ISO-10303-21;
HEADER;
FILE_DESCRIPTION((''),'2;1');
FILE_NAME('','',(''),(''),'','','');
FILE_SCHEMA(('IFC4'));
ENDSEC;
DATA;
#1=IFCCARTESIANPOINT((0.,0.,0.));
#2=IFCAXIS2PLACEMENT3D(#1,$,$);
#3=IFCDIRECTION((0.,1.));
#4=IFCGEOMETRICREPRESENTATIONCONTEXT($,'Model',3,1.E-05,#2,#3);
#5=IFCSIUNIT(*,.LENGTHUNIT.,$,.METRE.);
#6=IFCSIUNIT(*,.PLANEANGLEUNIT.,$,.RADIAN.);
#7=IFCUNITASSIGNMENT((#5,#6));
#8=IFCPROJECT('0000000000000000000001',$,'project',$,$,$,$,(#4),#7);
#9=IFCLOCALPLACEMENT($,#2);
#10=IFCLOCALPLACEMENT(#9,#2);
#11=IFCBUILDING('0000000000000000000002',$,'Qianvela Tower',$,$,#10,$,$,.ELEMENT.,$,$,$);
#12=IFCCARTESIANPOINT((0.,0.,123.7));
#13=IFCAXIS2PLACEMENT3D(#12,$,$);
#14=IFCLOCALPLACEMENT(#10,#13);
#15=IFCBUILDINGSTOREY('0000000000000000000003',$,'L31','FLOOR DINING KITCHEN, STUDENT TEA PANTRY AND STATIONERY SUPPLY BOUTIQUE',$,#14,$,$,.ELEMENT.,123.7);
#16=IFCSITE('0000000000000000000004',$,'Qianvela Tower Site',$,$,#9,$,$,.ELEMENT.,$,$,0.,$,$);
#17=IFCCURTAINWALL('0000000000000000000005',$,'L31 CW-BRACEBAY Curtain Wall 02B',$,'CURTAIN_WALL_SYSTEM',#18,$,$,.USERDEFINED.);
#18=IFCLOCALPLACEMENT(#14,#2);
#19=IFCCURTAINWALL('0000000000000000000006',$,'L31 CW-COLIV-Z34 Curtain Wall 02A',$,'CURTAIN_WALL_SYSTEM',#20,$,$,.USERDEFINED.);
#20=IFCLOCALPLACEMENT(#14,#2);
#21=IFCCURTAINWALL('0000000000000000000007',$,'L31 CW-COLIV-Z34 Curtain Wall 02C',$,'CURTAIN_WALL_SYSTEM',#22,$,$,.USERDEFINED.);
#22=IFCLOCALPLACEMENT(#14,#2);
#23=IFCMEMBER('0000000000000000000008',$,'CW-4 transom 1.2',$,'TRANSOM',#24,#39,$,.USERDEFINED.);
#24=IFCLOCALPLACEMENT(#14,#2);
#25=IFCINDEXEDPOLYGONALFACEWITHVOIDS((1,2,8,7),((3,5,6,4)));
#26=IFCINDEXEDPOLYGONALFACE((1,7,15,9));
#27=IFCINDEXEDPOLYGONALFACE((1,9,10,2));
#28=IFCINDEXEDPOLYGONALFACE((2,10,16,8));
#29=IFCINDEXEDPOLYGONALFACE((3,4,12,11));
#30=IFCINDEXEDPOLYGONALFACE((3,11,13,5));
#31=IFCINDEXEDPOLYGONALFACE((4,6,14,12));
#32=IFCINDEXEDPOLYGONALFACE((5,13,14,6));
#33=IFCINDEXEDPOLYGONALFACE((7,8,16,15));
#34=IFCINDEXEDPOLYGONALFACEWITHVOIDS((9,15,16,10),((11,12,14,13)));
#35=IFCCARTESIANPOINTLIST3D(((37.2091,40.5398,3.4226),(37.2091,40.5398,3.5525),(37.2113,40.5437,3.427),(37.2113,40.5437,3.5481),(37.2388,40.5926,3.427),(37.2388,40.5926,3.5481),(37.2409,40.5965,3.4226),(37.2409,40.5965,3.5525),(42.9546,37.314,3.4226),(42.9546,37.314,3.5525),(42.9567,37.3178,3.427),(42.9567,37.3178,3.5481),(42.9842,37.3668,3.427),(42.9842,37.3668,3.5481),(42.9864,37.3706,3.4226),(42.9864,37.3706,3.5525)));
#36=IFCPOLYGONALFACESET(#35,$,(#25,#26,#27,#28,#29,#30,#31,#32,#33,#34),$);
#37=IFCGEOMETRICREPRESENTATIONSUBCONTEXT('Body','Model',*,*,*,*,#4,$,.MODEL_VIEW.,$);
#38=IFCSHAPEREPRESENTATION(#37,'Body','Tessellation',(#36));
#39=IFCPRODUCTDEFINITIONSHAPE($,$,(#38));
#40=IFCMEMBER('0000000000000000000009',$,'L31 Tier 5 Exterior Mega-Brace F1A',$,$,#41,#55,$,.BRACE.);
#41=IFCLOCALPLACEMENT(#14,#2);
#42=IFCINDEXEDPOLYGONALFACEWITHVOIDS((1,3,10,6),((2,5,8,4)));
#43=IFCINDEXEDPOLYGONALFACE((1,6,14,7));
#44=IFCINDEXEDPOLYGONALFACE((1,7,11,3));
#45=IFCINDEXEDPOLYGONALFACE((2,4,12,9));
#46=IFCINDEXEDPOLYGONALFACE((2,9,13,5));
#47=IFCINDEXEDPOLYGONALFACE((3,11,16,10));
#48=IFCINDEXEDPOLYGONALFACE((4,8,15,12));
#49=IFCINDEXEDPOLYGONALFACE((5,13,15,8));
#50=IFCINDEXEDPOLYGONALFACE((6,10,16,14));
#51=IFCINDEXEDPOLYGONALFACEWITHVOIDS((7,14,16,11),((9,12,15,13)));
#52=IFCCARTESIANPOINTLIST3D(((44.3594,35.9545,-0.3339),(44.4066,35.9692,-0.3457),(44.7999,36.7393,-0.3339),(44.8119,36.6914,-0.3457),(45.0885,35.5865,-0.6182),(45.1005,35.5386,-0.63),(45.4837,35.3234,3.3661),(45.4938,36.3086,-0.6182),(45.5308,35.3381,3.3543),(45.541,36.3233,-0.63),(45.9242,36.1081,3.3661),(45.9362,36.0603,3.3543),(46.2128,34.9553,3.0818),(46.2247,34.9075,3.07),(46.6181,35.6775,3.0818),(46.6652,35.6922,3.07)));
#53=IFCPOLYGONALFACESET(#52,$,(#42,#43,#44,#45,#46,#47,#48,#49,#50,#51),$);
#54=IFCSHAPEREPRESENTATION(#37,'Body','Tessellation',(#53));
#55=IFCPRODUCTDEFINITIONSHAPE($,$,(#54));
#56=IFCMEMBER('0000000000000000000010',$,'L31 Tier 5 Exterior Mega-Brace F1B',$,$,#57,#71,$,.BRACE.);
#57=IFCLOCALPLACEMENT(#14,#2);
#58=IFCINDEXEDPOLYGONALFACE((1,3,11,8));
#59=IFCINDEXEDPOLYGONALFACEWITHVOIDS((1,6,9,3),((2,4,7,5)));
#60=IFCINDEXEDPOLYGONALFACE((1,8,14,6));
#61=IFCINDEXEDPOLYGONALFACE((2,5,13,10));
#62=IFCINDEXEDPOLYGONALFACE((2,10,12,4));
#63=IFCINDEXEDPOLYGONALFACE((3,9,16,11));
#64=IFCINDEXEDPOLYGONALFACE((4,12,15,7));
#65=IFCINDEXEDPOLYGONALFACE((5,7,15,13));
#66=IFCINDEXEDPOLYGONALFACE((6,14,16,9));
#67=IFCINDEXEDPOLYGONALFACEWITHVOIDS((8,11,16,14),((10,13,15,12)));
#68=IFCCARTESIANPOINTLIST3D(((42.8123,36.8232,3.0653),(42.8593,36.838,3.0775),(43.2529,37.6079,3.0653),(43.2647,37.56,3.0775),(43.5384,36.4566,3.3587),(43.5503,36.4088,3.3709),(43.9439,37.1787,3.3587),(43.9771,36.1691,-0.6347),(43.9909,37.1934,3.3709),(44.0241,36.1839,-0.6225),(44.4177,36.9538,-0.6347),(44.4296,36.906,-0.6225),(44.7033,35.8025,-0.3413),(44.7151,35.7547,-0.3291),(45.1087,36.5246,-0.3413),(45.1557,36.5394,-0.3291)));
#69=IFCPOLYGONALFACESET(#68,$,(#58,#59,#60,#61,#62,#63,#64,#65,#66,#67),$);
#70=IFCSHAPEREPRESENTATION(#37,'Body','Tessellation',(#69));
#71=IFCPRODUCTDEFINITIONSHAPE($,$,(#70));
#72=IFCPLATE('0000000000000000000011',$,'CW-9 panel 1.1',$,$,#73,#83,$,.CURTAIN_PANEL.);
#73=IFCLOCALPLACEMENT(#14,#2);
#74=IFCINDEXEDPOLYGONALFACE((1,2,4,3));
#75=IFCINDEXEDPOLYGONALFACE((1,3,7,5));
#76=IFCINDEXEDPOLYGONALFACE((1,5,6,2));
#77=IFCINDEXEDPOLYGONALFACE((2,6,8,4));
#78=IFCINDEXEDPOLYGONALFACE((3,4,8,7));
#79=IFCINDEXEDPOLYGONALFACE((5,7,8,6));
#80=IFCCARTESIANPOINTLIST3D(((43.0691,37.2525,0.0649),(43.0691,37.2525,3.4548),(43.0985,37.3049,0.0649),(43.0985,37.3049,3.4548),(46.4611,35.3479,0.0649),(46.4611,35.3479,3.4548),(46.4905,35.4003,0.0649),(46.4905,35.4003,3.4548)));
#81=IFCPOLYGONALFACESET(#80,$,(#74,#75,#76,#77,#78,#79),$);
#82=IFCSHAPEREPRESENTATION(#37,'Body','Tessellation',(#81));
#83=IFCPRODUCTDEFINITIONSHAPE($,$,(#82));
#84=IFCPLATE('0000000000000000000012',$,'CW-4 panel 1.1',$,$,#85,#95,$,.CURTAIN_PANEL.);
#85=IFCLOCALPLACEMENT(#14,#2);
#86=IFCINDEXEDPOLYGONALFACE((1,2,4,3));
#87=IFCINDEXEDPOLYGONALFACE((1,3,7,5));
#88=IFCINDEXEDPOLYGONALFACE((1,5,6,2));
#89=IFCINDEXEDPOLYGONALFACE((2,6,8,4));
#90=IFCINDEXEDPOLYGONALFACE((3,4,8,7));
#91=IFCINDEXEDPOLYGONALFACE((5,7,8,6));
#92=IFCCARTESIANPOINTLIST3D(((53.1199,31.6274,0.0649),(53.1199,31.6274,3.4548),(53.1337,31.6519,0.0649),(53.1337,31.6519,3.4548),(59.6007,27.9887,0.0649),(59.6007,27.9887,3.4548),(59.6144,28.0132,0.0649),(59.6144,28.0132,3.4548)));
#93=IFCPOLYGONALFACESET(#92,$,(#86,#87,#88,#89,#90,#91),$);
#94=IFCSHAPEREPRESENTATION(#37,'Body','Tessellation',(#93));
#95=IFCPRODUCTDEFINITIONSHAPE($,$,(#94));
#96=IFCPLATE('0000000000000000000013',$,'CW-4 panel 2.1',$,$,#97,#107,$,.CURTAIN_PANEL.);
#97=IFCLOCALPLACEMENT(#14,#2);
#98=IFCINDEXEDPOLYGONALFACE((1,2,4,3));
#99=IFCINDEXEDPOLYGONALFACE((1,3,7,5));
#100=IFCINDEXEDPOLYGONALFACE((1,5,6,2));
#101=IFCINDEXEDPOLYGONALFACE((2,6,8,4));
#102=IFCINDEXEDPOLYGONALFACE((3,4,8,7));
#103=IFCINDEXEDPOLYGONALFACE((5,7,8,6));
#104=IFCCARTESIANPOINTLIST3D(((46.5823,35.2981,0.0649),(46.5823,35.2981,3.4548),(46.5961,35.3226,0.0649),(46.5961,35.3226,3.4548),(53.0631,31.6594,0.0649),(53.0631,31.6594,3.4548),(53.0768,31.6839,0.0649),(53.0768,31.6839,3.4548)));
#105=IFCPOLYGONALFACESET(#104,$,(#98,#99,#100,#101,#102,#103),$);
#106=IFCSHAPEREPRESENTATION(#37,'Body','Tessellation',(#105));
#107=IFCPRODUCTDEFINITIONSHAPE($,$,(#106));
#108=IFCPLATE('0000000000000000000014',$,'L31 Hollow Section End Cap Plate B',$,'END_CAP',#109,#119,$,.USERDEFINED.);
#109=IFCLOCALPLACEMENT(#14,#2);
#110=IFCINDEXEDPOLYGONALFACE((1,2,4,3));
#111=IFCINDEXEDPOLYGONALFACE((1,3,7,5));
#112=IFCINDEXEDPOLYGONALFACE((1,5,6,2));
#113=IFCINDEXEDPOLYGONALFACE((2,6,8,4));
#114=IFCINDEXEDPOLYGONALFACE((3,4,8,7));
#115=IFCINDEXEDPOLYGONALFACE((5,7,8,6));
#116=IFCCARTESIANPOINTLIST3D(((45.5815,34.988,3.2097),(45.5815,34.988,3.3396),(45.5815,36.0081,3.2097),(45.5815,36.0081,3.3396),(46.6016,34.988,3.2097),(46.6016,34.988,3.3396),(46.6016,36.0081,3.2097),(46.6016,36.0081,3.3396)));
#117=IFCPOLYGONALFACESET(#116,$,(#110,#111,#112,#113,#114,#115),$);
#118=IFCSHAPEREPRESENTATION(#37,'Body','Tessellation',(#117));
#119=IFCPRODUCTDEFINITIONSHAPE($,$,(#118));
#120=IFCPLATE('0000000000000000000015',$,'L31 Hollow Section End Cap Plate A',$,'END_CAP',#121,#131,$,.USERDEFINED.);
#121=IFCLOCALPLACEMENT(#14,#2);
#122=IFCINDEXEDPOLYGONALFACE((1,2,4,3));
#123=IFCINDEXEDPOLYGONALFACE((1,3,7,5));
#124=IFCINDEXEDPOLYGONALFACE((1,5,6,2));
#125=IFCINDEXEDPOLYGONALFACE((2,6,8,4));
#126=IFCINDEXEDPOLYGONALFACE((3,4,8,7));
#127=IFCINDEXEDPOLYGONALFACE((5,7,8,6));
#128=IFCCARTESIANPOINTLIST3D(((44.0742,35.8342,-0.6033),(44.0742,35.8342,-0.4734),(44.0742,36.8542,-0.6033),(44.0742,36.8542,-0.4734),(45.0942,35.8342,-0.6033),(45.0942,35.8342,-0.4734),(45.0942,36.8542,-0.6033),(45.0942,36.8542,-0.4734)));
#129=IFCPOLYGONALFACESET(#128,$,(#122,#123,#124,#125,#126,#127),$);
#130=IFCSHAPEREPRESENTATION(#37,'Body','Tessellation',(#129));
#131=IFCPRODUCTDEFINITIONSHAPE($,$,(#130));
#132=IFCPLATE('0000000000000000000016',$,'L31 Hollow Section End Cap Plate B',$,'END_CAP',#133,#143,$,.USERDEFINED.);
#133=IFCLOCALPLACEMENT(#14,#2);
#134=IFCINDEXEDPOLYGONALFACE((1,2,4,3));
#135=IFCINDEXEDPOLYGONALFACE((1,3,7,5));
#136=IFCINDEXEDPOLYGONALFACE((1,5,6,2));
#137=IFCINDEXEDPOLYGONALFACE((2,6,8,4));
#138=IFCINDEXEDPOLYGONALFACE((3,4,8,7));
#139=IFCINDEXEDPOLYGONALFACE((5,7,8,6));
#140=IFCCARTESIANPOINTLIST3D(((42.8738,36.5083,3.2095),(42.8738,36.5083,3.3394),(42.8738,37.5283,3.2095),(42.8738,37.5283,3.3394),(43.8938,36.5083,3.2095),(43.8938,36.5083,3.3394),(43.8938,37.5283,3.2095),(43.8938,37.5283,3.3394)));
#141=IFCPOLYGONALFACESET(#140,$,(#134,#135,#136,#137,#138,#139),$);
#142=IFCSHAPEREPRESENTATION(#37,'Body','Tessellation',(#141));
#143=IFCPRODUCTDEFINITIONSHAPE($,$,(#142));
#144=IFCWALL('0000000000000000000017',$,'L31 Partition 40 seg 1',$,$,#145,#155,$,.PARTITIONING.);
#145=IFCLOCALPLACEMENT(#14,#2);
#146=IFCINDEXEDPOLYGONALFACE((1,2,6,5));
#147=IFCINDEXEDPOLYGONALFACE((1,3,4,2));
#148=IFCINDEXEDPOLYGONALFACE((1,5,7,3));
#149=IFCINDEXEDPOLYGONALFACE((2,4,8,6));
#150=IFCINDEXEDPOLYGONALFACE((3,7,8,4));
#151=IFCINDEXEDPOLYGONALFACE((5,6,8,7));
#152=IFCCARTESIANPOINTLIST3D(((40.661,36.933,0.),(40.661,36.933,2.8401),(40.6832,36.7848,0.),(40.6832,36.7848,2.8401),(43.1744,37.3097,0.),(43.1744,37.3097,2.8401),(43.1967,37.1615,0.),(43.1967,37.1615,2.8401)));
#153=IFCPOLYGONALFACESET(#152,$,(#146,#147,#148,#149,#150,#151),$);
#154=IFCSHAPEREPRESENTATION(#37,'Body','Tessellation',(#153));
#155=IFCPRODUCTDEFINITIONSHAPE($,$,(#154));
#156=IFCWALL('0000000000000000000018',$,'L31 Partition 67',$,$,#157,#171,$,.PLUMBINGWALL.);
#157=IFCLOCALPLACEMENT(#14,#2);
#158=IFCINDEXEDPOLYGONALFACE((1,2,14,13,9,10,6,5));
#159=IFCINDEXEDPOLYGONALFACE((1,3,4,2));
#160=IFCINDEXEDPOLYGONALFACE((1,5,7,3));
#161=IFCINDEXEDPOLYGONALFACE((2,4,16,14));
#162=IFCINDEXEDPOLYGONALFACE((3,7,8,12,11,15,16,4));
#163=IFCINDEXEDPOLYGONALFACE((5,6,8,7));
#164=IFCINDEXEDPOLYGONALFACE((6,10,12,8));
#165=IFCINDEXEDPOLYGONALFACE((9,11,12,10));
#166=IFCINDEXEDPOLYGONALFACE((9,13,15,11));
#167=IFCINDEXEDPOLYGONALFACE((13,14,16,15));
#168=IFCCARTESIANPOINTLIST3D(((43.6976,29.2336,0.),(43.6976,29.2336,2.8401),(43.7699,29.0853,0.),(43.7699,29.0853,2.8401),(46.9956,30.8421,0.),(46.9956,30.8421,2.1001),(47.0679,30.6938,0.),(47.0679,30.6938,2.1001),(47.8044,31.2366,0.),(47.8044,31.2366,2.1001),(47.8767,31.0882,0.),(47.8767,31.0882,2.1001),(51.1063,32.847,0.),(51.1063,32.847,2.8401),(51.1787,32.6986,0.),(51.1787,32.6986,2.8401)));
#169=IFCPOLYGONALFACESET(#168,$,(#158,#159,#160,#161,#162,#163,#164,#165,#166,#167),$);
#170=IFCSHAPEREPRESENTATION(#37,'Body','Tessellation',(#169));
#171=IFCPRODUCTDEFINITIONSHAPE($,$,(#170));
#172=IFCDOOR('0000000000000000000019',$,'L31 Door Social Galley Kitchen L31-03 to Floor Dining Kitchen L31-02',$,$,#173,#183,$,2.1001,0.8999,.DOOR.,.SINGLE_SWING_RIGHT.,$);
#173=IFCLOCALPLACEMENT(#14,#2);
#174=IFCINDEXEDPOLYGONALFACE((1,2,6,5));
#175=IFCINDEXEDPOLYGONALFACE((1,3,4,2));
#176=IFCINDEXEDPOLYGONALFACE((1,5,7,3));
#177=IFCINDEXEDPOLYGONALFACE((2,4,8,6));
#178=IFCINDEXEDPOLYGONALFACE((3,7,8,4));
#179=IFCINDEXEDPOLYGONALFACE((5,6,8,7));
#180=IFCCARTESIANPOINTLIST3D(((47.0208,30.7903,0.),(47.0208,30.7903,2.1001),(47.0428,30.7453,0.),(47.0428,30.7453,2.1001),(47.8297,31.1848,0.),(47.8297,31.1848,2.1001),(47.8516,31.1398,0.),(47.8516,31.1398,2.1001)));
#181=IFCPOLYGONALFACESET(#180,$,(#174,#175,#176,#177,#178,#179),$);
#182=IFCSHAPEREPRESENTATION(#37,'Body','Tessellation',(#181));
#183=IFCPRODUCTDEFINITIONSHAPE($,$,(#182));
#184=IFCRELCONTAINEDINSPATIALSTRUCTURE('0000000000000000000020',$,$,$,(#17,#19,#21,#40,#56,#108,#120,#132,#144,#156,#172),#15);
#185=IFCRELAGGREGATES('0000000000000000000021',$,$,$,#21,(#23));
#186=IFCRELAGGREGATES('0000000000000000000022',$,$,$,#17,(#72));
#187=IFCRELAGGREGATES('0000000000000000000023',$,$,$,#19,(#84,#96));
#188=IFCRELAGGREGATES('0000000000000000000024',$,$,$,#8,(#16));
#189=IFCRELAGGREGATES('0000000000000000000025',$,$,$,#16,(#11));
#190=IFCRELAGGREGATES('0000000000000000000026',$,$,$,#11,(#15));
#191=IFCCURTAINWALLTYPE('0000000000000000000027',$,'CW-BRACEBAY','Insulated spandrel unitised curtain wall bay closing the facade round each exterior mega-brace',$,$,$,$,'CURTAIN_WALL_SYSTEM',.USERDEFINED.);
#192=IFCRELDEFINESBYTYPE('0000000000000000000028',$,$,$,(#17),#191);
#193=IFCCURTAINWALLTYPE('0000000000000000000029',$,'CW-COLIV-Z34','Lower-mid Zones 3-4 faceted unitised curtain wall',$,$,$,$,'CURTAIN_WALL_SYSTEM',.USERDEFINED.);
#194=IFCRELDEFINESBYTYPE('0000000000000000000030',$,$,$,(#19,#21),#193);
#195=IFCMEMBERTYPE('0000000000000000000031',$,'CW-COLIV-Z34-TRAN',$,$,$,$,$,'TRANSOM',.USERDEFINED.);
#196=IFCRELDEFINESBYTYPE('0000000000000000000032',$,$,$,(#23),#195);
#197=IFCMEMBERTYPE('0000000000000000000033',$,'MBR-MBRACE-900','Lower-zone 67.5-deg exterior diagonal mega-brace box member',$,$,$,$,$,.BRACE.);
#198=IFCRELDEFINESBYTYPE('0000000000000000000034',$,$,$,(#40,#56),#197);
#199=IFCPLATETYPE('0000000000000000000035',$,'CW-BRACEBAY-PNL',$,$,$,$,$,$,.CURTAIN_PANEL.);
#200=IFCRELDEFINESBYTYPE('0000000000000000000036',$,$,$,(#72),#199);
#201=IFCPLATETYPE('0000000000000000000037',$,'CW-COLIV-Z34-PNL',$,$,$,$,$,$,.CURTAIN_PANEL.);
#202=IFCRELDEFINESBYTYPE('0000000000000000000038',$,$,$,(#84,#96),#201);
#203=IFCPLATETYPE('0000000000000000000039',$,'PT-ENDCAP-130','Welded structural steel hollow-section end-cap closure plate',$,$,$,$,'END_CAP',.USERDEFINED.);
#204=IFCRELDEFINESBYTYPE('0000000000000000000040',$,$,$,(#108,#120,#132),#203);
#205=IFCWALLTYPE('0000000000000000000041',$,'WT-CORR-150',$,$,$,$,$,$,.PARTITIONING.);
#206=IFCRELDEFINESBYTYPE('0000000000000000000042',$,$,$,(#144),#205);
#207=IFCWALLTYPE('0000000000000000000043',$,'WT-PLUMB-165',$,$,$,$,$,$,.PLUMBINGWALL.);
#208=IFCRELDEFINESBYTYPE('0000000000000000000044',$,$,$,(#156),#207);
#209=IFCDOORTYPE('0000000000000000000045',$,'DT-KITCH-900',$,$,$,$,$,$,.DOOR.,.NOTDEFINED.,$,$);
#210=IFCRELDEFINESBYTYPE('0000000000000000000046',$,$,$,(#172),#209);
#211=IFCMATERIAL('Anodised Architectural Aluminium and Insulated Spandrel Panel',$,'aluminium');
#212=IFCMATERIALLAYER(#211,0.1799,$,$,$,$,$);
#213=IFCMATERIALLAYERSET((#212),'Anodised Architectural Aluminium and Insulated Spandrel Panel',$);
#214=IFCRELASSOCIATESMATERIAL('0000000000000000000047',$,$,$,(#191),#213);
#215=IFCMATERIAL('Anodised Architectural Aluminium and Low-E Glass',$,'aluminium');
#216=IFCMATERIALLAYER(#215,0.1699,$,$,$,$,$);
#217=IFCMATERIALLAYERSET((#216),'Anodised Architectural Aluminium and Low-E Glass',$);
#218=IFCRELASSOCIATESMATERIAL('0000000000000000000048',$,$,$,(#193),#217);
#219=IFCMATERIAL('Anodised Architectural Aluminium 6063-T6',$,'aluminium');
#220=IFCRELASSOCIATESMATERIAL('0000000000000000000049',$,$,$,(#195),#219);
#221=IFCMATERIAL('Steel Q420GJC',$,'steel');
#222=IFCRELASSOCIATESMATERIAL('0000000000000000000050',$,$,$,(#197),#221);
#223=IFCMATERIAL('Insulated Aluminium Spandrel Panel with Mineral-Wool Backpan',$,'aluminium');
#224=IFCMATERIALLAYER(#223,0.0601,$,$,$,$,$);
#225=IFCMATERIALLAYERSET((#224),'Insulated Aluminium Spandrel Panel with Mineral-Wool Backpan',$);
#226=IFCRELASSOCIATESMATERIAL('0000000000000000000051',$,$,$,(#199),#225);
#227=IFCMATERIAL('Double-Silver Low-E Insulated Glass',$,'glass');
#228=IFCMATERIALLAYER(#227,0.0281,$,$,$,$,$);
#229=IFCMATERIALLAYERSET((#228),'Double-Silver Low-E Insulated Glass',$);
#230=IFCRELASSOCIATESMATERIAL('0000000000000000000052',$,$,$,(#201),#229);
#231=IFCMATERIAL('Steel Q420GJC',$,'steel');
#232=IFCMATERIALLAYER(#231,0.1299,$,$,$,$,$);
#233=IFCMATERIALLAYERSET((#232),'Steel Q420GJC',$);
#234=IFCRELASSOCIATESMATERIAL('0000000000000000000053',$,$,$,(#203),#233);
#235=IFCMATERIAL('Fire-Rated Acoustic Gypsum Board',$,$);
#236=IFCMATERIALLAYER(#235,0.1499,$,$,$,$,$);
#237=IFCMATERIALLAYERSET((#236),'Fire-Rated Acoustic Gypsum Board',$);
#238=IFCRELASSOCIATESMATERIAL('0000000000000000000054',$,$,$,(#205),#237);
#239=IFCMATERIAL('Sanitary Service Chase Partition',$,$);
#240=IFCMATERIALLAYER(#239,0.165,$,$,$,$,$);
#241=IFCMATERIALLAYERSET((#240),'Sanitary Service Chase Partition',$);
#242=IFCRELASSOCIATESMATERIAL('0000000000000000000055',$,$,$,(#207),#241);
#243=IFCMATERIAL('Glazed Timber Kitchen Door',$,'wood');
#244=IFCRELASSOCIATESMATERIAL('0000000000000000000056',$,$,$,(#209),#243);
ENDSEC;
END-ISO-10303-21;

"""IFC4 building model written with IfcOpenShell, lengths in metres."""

from ifc_helpers import new_model, si_unit, direction, frame, frame_2d, origin, origin_2d, place, context, subcontext, project, spatial, rectangle, hollow_rectangle, extrude, material, layer, layer_set, material_profile, profile_set, type_object, element, fill, aggregate, save


model = new_model("IFC4")

# Units and contexts
model_context = context("Model", 3, precision=1e-05, world=origin(), true_north=direction((0.0, 1.0)))
body_context = subcontext(model_context, "Body", "Model", "MODEL_VIEW")
ifc_project = project(units=[si_unit("LENGTHUNIT", "METRE"), si_unit("PLANEANGLEUNIT", "RADIAN")], contexts=[model_context])

# Site, building, storey
site_placement = place(None, origin())
site = spatial("IfcSite", under=ifc_project, at=site_placement, Name="Qianvela Tower Site", CompositionType="ELEMENT", RefElevation=0.0)
building_placement = place(site_placement, origin())
building = spatial("IfcBuilding", under=site, at=building_placement, Name="Qianvela Tower", CompositionType="ELEMENT")
storey_placement = place(building_placement, frame((0.0, 0.0, 123.7)))
storey = spatial("IfcBuildingStorey", under=building, at=storey_placement, Name="L31", Description="FLOOR DINING KITCHEN, STUDENT TEA PANTRY AND STATIONERY SUPPLY BOUTIQUE", CompositionType="ELEMENT", Elevation=123.7)

# Curtain walls
ifc_material_1 = material(Name="Anodised Architectural Aluminium and Insulated Spandrel Panel", Category="aluminium")
ifc_layer_1 = layer(ifc_material_1, 0.1799)
ifc_layer_set_1 = layer_set([ifc_layer_1], Name="Anodised Architectural Aluminium and Insulated Spandrel Panel")
curtain_wall_type_1 = type_object("IfcCurtainWallType", Name="CW-BRACEBAY", Description="Insulated spandrel unitised curtain wall bay closing the facade round each exterior mega-brace", ElementType="CURTAIN_WALL_SYSTEM", PredefinedType="USERDEFINED", material=ifc_layer_set_1)
curtain_wall_1_placement = place(storey_placement, origin())
curtain_wall_1 = element("IfcCurtainWall", 1, at=curtain_wall_1_placement, inside=storey, type_object=curtain_wall_type_1, Name="L31 CW-BRACEBAY Curtain Wall 02B", ObjectType="CURTAIN_WALL_SYSTEM", PredefinedType="USERDEFINED")
ifc_material_2 = material(Name="Anodised Architectural Aluminium and Low-E Glass", Category="aluminium")
ifc_layer_2 = layer(ifc_material_2, 0.1699)
ifc_layer_set_2 = layer_set([ifc_layer_2], Name="Anodised Architectural Aluminium and Low-E Glass")
curtain_wall_type_2 = type_object("IfcCurtainWallType", Name="CW-COLIV-Z34", Description="Lower-mid Zones 3-4 faceted unitised curtain wall", ElementType="CURTAIN_WALL_SYSTEM", PredefinedType="USERDEFINED", material=ifc_layer_set_2)
curtain_wall_2_placement = place(storey_placement, origin())
curtain_wall_2 = element("IfcCurtainWall", 2, at=curtain_wall_2_placement, inside=storey, type_object=curtain_wall_type_2, Name="L31 CW-COLIV-Z34 Curtain Wall 02A", ObjectType="CURTAIN_WALL_SYSTEM", PredefinedType="USERDEFINED")

# Curtain wall
curtain_wall_3_placement = place(storey_placement, origin())
curtain_wall_3 = element("IfcCurtainWall", 3, at=curtain_wall_3_placement, inside=storey, type_object=curtain_wall_type_2, Name="L31 CW-COLIV-Z34 Curtain Wall 02C", ObjectType="CURTAIN_WALL_SYSTEM", PredefinedType="USERDEFINED")

# Member
ifc_material_3 = material(Name="Anodised Architectural Aluminium 6063-T6", Category="aluminium")
ifc_material_profile_1 = material_profile(ifc_material_3, hollow_rectangle(XDim=0.0649, YDim=0.1299, WallThickness=0.0044, at=origin_2d()), Name="ALU-TRAN-65x130")
ifc_profile_set_1 = profile_set([ifc_material_profile_1], Name="Anodised Architectural Aluminium 6063-T6")
member_type_1 = type_object("IfcMemberType", Name="CW-COLIV-Z34-TRAN", ElementType="TRANSOM", PredefinedType="USERDEFINED", material=ifc_profile_set_1)
member_1_placement = place(storey_placement, frame((42.9705, 37.3423, 3.4875), z_axis=(-0.87196, 0.489577, 0.0), x_axis=(-0.489577, -0.87196, 0.0)))
member_1 = element("IfcMember", 4, at=member_1_placement, type_object=member_type_1, Name="CW-4 transom 1.2", ObjectType="TRANSOM", PredefinedType="USERDEFINED", context=body_context, shape_type="SweptSolid", body=[
    extrude(hollow_rectangle(XDim=0.0649, YDim=0.1299, WallThickness=0.0044, at=origin_2d()), origin(), (0.0, 0.0, 1.0), 6.5891),
])
aggregate(curtain_wall_3, [member_1])

# Members
ifc_material_4 = material(Name="Steel Q420GJC", Category="steel")
ifc_material_profile_2 = material_profile(ifc_material_4, hollow_rectangle(XDim=0.8999, YDim=0.8999, WallThickness=0.0359, at=origin_2d()), Name="MBOX-900x900x36")
ifc_profile_set_2 = profile_set([ifc_material_profile_2], Name="Steel Q420GJC")
member_type_2 = type_object("IfcMemberType", Name="MBR-MBRACE-900", Description="Lower-zone 67.5-deg exterior diagonal mega-brace box member", PredefinedType="BRACE", material=ifc_profile_set_2)
member_2_placement = place(storey_placement, frame((44.9502, 36.1389, -0.4819), z_axis=(0.286938, -0.161072, 0.94431), x_axis=(0.489497, 0.872005, 0.0)))
element("IfcMember", 5, at=member_2_placement, inside=storey, type_object=member_type_2, Name="L31 Tier 5 Exterior Mega-Brace F1A", PredefinedType="BRACE", context=body_context, shape_type="SweptSolid", body=[
    extrude(hollow_rectangle(XDim=0.8999, YDim=0.8999, WallThickness=0.0359, at=origin_2d()), origin(), (0.0, 0.0, 1.0), 3.9182),
])
member_3_placement = place(storey_placement, frame((44.5664, 36.3542, -0.4819), z_axis=(-0.296105, 0.166268, 0.940573), x_axis=(-0.48961, -0.871941, 0.0)))
element("IfcMember", 6, at=member_3_placement, inside=storey, type_object=member_type_2, Name="L31 Tier 5 Exterior Mega-Brace F1B", PredefinedType="BRACE", context=body_context, shape_type="SweptSolid", body=[
    extrude(hollow_rectangle(XDim=0.8999, YDim=0.8999, WallThickness=0.0359, at=origin_2d()), origin(), (0.0, 0.0, 1.0), 3.9338),
])

# Plates
ifc_material_5 = material(Name="Insulated Aluminium Spandrel Panel with Mineral-Wool Backpan", Category="aluminium")
ifc_layer_3 = layer(ifc_material_5, 0.0601)
ifc_layer_set_3 = layer_set([ifc_layer_3], Name="Insulated Aluminium Spandrel Panel with Mineral-Wool Backpan")
plate_type_1 = type_object("IfcPlateType", Name="CW-BRACEBAY-PNL", PredefinedType="CURTAIN_PANEL", material=ifc_layer_set_3)
plate_1_placement = place(storey_placement, frame((44.7798, 36.3264, 0.0649), z_axis=(0.0, 0.0, 1.0), x_axis=(-0.871951, 0.489594, 0.0)))
plate_1 = element("IfcPlate", 7, at=plate_1_placement, type_object=plate_type_1, Name="CW-9 panel 1.1", PredefinedType="CURTAIN_PANEL", context=body_context, shape_type="SweptSolid", body=[
    extrude(rectangle(XDim=3.8901, YDim=0.0601, at=origin_2d()), origin(), (0.0, 0.0, 1.0), 3.3899),
])
aggregate(curtain_wall_1, [plate_1])
ifc_material_6 = material(Name="Double-Silver Low-E Insulated Glass", Category="glass")
ifc_layer_4 = layer(ifc_material_6, 0.0281)
ifc_layer_set_4 = layer_set([ifc_layer_4], Name="Double-Silver Low-E Insulated Glass")
plate_type_2 = type_object("IfcPlateType", Name="CW-COLIV-Z34-PNL", PredefinedType="CURTAIN_PANEL", material=ifc_layer_set_4)
plate_2_placement = place(storey_placement, frame((56.3672, 29.8203, 0.0649), z_axis=(0.0, 0.0, 1.0), x_axis=(-0.871961, 0.489576, 0.0)))
plate_2 = element("IfcPlate", 8, at=plate_2_placement, type_object=plate_type_2, Name="CW-4 panel 1.1", PredefinedType="CURTAIN_PANEL", context=body_context, shape_type="SweptSolid", body=[
    extrude(rectangle(XDim=7.4324, YDim=0.0281, at=origin_2d()), origin(), (0.0, 0.0, 1.0), 3.3899),
])
plate_3_placement = place(storey_placement, frame((49.8296, 33.491, 0.0649), z_axis=(0.0, 0.0, 1.0), x_axis=(-0.871961, 0.489576, 0.0)))
plate_3 = element("IfcPlate", 9, at=plate_3_placement, type_object=plate_type_2, Name="CW-4 panel 2.1", PredefinedType="CURTAIN_PANEL", context=body_context, shape_type="SweptSolid", body=[
    extrude(rectangle(XDim=7.4324, YDim=0.0281, at=origin_2d()), origin(), (0.0, 0.0, 1.0), 3.3899),
])
aggregate(curtain_wall_2, [plate_2, plate_3])

# Plates
ifc_material_7 = material(Name="Steel Q420GJC", Category="steel")
ifc_layer_5 = layer(ifc_material_7, 0.1299)
ifc_layer_set_5 = layer_set([ifc_layer_5], Name="Steel Q420GJC")
plate_type_3 = type_object("IfcPlateType", Name="PT-ENDCAP-130", Description="Welded structural steel hollow-section end-cap closure plate", ElementType="END_CAP", PredefinedType="USERDEFINED", material=ifc_layer_set_5)
for number, where, z_axis, x_axis, name in (
    (10, (46.0916, 35.498, 3.2097), (0.0, 0.0, 1.0), (1.0, 0.0, 0.0), "L31 Hollow Section End Cap Plate B"),
    (11, (44.5842, 36.3442, -0.6033), (0.0, 0.0, 1.0), (1.0, 0.0, 0.0), "L31 Hollow Section End Cap Plate A"),
    (12, (43.3838, 37.0183, 3.2095), (0.0, 0.0, 1.0), (1.0, 0.0, 0.0), "L31 Hollow Section End Cap Plate B"),
):
    element("IfcPlate", number, at=place(storey_placement, frame(where, z_axis=z_axis, x_axis=x_axis)), inside=storey, type_object=plate_type_3, Name=name, ObjectType="END_CAP", PredefinedType="USERDEFINED", context=body_context, shape_type="SweptSolid", body=[
        extrude(rectangle(XDim=1.02, YDim=1.02, at=origin_2d()), origin(), (0.0, 0.0, 1.0), 0.1299),
    ])

# Wall
ifc_material_8 = material(Name="Fire-Rated Acoustic Gypsum Board")
ifc_layer_6 = layer(ifc_material_8, 0.1499)
ifc_layer_set_6 = layer_set([ifc_layer_6], Name="Fire-Rated Acoustic Gypsum Board")
wall_type_1 = type_object("IfcWallType", Name="WT-CORR-150", PredefinedType="PARTITIONING", material=ifc_layer_set_6)
wall_1_placement = place(storey_placement, frame((43.1855, 37.2356, 0.0), z_axis=(0.0, 0.0, 1.0), x_axis=(-0.988954, -0.148223, 0.0)))
element("IfcWall", 13, at=wall_1_placement, inside=storey, type_object=wall_type_1, Name="L31 Partition 40 seg 1", PredefinedType="PARTITIONING", context=body_context, shape_type="SweptSolid", body=[
    extrude(rectangle(XDim=2.5415, YDim=0.1499, at=frame_2d((1.2708, 0.0))), origin(), (0.0, 0.0, 1.0), 2.8401),
])

# Wall, opening, door
ifc_material_9 = material(Name="Sanitary Service Chase Partition")
ifc_layer_7 = layer(ifc_material_9, 0.165)
ifc_layer_set_7 = layer_set([ifc_layer_7], Name="Sanitary Service Chase Partition")
wall_type_2 = type_object("IfcWallType", Name="WT-PLUMB-165", PredefinedType="PLUMBINGWALL", material=ifc_layer_set_7)
wall_2_placement = place(storey_placement, frame((43.7336, 29.1594, 0.0), z_axis=(0.0, 0.0, 1.0), x_axis=(0.898803, 0.438354, 0.0)))
wall_2 = element("IfcWall", 14, at=wall_2_placement, inside=storey, type_object=wall_type_2, Name="L31 Partition 67", PredefinedType="PLUMBINGWALL", context=body_context, shape_type="SweptSolid", body=[
    extrude(rectangle(XDim=8.2429, YDim=0.165, at=frame_2d((4.1216, 0.0))), origin(), (0.0, 0.0, 1.0), 2.8401),
])
opening_placement = place(wall_2_placement, frame((3.6694, 0.0, 0.0)))
opening = element("IfcOpeningElement", 15, at=opening_placement, cuts=wall_2, PredefinedType="OPENING", context=body_context, shape_type="SweptSolid", body=[
    extrude(rectangle(XDim=0.8999, YDim=2.1001, at=frame_2d((0.45, 1.05))), frame((0.0, 0.0925, 0.0), z_axis=(0.0, -1.0, 0.0), x_axis=(1.0, 0.0, 0.0)), (0.0, 0.0, 1.0), 0.1851),
])
ifc_material_10 = material(Name="Glazed Timber Kitchen Door", Category="wood")
door_type = type_object("IfcDoorType", Name="DT-KITCH-900", OperationType="NOTDEFINED", PredefinedType="DOOR", material=ifc_material_10)
door_placement = place(opening_placement, origin())
door = element("IfcDoor", 16, at=door_placement, inside=storey, type_object=door_type, Name="L31 Door Social Galley Kitchen L31-03 to Floor Dining Kitchen L31-02", OperationType="SINGLE_SWING_RIGHT", OverallHeight=2.1001, OverallWidth=0.8999, PredefinedType="DOOR", context=body_context, shape_type="SweptSolid", body=[
    extrude(rectangle(XDim=0.8999, YDim=2.1001, at=frame_2d((0.45, 1.05))), frame((0.0, 0.0249, 0.0), z_axis=(0.0, -1.0, 0.0), x_axis=(1.0, 0.0, 0.0)), (0.0, 0.0, 1.0), 0.05),
])
fill(opening, door)

save(model, "model.ifc")
